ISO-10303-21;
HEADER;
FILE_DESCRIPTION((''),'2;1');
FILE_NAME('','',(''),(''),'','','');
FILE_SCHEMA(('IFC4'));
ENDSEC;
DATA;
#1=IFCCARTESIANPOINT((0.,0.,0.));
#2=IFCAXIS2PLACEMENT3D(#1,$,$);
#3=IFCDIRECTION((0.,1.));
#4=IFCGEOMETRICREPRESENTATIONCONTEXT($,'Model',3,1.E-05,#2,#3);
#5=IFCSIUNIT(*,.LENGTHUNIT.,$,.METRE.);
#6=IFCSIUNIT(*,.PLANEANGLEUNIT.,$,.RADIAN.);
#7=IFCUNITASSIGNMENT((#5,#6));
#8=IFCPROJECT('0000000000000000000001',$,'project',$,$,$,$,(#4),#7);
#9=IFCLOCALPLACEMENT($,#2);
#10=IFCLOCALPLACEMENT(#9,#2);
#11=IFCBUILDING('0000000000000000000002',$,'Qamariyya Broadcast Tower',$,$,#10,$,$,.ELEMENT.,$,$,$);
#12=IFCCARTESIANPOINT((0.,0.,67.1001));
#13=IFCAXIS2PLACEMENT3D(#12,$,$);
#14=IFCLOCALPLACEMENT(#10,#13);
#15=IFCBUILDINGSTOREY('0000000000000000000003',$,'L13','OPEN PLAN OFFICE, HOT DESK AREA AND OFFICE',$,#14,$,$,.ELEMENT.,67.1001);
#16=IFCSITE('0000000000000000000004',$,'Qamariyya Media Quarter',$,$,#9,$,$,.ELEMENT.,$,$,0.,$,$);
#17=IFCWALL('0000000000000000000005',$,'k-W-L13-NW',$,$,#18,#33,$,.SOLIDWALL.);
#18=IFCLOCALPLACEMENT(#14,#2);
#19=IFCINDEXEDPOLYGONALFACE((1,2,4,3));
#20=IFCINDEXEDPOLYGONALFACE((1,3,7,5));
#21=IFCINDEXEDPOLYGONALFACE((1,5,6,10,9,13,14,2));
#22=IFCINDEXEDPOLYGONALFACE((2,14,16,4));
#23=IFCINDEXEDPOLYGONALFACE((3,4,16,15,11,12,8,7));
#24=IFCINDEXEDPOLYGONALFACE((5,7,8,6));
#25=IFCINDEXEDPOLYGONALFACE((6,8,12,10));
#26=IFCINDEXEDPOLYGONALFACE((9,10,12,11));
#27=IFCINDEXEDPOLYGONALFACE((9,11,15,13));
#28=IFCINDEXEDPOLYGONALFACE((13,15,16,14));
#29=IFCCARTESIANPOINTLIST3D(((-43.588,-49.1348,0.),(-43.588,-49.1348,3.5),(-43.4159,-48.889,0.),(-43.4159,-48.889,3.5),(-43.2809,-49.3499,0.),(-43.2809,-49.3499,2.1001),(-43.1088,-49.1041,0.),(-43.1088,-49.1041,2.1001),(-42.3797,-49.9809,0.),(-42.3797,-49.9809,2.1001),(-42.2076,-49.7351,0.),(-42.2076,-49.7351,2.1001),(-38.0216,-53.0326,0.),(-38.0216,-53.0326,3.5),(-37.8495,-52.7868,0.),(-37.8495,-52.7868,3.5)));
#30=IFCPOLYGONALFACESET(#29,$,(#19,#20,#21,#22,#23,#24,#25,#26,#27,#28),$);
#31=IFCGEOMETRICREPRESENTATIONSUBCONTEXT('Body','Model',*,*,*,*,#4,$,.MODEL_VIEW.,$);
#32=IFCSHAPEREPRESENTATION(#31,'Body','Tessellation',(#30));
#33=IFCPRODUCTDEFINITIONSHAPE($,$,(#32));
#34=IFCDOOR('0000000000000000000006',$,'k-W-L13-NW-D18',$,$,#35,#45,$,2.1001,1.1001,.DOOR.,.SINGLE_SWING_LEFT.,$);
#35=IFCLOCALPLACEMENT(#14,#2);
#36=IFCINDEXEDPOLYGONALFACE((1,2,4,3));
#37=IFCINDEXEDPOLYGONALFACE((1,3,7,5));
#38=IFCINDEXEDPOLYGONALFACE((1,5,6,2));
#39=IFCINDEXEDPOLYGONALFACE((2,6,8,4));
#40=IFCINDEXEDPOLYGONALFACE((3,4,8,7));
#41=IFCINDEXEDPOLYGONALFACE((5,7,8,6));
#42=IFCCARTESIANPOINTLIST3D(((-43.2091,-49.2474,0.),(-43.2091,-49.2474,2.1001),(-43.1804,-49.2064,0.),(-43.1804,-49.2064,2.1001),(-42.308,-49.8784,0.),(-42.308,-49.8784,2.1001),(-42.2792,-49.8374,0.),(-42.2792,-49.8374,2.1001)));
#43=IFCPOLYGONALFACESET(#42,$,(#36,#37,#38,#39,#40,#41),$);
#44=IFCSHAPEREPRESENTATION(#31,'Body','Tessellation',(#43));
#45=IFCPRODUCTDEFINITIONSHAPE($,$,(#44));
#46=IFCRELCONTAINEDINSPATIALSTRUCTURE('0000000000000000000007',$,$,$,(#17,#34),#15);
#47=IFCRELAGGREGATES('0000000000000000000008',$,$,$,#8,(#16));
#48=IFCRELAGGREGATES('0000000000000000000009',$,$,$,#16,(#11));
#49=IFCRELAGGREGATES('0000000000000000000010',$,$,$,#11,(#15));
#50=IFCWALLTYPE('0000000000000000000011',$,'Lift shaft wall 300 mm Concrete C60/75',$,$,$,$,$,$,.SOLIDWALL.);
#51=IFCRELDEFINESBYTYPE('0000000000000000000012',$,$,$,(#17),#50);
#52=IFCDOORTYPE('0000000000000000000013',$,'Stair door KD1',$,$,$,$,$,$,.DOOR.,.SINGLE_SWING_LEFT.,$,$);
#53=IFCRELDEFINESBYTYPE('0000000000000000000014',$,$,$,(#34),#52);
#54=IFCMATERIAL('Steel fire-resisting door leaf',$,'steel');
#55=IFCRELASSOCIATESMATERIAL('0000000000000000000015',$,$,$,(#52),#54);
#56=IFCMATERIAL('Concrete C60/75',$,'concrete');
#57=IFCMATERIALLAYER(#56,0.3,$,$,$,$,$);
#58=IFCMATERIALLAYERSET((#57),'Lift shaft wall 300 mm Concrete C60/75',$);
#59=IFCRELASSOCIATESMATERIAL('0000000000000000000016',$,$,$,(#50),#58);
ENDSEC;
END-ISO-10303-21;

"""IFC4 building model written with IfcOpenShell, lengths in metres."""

from ifc_helpers import new_model, si_unit, direction, frame, frame_2d, origin, place, context, subcontext, project, spatial, rectangle, extrude, material, layer, layer_set, type_object, element, fill, save


model = new_model("IFC4")

# Units and contexts
model_context = context("Model", 3, precision=1e-05, world=origin(), true_north=direction((0.0, 1.0)))
body_context = subcontext(model_context, "Body", "Model", "MODEL_VIEW")
ifc_project = project(units=[si_unit("LENGTHUNIT", "METRE"), si_unit("PLANEANGLEUNIT", "RADIAN")], contexts=[model_context])

# Site, building, storey
site_placement = place(None, origin())
site = spatial("IfcSite", under=ifc_project, at=site_placement, Name="Qamariyya Media Quarter", CompositionType="ELEMENT", RefElevation=0.0)
building_placement = place(site_placement, origin())
building = spatial("IfcBuilding", under=site, at=building_placement, Name="Qamariyya Broadcast Tower", CompositionType="ELEMENT")
storey_placement = place(building_placement, frame((0.0, 0.0, 67.1001)))
storey = spatial("IfcBuildingStorey", under=building, at=storey_placement, Name="L13", Description="OPEN PLAN OFFICE, HOT DESK AREA AND OFFICE", CompositionType="ELEMENT", Elevation=67.1001)

# Shared definitions
ifc_material_1 = material(Name="Steel fire-resisting door leaf", Category="steel")
door_type_1 = type_object("IfcDoorType", Name="Stair door KD1", OperationType="SINGLE_SWING_LEFT", PredefinedType="DOOR", material=ifc_material_1)

# Shared definitions
ifc_material_2 = material(Name="Concrete C60/75", Category="concrete")
ifc_layer_1 = layer(ifc_material_2, 0.3)
ifc_layer_set_1 = layer_set([ifc_layer_1], Name="Lift shaft wall 300 mm Concrete C60/75")
wall_type_1 = type_object("IfcWallType", Name="Lift shaft wall 300 mm Concrete C60/75", PredefinedType="SOLIDWALL", material=ifc_layer_set_1)

# Wall, opening, door
wall_1_placement = place(storey_placement, frame((-37.9355, -52.9097, 0.0), z_axis=(0.0, 0.0, 1.0), x_axis=(-0.819148, 0.573583, 0.0)))
wall_1 = element("IfcWall", 1, at=wall_1_placement, inside=storey, type_object=wall_type_1, Name="k-W-L13-NW", PredefinedType="SOLIDWALL", context=body_context, shape_type="SweptSolid", body=[
    extrude(rectangle(XDim=6.7954, YDim=0.3, at=frame_2d((3.3977, 0.0))), origin(), (0.0, 0.0, 1.0), 3.5),
])
opening_1_placement = place(wall_1_placement, frame((5.3203, 0.0, 0.0)))
opening_1 = element("IfcOpeningElement", 2, at=opening_1_placement, cuts=wall_1, PredefinedType="OPENING", context=body_context, shape_type="SweptSolid", body=[
    extrude(rectangle(XDim=1.1001, YDim=2.1001, at=frame_2d((0.55, 1.05))), frame((0.0, 0.1599, 0.0), z_axis=(0.0, -1.0, 0.0), x_axis=(1.0, 0.0, 0.0)), (0.0, 0.0, 1.0), 0.3201),
])
door_1_placement = place(opening_1_placement, origin())
door_1 = element("IfcDoor", 3, at=door_1_placement, inside=storey, type_object=door_type_1, Name="k-W-L13-NW-D18", OperationType="SINGLE_SWING_LEFT", OverallHeight=2.1001, OverallWidth=1.1001, PredefinedType="DOOR", context=body_context, shape_type="SweptSolid", body=[
    extrude(rectangle(XDim=1.1001, YDim=2.1001, at=frame_2d((0.55, 1.05))), frame((0.0, 0.0249, 0.0), z_axis=(0.0, -1.0, 0.0), x_axis=(1.0, 0.0, 0.0)), (0.0, 0.0, 1.0), 0.05),
])
fill(opening_1, door_1)

save(model, "model.ifc")
